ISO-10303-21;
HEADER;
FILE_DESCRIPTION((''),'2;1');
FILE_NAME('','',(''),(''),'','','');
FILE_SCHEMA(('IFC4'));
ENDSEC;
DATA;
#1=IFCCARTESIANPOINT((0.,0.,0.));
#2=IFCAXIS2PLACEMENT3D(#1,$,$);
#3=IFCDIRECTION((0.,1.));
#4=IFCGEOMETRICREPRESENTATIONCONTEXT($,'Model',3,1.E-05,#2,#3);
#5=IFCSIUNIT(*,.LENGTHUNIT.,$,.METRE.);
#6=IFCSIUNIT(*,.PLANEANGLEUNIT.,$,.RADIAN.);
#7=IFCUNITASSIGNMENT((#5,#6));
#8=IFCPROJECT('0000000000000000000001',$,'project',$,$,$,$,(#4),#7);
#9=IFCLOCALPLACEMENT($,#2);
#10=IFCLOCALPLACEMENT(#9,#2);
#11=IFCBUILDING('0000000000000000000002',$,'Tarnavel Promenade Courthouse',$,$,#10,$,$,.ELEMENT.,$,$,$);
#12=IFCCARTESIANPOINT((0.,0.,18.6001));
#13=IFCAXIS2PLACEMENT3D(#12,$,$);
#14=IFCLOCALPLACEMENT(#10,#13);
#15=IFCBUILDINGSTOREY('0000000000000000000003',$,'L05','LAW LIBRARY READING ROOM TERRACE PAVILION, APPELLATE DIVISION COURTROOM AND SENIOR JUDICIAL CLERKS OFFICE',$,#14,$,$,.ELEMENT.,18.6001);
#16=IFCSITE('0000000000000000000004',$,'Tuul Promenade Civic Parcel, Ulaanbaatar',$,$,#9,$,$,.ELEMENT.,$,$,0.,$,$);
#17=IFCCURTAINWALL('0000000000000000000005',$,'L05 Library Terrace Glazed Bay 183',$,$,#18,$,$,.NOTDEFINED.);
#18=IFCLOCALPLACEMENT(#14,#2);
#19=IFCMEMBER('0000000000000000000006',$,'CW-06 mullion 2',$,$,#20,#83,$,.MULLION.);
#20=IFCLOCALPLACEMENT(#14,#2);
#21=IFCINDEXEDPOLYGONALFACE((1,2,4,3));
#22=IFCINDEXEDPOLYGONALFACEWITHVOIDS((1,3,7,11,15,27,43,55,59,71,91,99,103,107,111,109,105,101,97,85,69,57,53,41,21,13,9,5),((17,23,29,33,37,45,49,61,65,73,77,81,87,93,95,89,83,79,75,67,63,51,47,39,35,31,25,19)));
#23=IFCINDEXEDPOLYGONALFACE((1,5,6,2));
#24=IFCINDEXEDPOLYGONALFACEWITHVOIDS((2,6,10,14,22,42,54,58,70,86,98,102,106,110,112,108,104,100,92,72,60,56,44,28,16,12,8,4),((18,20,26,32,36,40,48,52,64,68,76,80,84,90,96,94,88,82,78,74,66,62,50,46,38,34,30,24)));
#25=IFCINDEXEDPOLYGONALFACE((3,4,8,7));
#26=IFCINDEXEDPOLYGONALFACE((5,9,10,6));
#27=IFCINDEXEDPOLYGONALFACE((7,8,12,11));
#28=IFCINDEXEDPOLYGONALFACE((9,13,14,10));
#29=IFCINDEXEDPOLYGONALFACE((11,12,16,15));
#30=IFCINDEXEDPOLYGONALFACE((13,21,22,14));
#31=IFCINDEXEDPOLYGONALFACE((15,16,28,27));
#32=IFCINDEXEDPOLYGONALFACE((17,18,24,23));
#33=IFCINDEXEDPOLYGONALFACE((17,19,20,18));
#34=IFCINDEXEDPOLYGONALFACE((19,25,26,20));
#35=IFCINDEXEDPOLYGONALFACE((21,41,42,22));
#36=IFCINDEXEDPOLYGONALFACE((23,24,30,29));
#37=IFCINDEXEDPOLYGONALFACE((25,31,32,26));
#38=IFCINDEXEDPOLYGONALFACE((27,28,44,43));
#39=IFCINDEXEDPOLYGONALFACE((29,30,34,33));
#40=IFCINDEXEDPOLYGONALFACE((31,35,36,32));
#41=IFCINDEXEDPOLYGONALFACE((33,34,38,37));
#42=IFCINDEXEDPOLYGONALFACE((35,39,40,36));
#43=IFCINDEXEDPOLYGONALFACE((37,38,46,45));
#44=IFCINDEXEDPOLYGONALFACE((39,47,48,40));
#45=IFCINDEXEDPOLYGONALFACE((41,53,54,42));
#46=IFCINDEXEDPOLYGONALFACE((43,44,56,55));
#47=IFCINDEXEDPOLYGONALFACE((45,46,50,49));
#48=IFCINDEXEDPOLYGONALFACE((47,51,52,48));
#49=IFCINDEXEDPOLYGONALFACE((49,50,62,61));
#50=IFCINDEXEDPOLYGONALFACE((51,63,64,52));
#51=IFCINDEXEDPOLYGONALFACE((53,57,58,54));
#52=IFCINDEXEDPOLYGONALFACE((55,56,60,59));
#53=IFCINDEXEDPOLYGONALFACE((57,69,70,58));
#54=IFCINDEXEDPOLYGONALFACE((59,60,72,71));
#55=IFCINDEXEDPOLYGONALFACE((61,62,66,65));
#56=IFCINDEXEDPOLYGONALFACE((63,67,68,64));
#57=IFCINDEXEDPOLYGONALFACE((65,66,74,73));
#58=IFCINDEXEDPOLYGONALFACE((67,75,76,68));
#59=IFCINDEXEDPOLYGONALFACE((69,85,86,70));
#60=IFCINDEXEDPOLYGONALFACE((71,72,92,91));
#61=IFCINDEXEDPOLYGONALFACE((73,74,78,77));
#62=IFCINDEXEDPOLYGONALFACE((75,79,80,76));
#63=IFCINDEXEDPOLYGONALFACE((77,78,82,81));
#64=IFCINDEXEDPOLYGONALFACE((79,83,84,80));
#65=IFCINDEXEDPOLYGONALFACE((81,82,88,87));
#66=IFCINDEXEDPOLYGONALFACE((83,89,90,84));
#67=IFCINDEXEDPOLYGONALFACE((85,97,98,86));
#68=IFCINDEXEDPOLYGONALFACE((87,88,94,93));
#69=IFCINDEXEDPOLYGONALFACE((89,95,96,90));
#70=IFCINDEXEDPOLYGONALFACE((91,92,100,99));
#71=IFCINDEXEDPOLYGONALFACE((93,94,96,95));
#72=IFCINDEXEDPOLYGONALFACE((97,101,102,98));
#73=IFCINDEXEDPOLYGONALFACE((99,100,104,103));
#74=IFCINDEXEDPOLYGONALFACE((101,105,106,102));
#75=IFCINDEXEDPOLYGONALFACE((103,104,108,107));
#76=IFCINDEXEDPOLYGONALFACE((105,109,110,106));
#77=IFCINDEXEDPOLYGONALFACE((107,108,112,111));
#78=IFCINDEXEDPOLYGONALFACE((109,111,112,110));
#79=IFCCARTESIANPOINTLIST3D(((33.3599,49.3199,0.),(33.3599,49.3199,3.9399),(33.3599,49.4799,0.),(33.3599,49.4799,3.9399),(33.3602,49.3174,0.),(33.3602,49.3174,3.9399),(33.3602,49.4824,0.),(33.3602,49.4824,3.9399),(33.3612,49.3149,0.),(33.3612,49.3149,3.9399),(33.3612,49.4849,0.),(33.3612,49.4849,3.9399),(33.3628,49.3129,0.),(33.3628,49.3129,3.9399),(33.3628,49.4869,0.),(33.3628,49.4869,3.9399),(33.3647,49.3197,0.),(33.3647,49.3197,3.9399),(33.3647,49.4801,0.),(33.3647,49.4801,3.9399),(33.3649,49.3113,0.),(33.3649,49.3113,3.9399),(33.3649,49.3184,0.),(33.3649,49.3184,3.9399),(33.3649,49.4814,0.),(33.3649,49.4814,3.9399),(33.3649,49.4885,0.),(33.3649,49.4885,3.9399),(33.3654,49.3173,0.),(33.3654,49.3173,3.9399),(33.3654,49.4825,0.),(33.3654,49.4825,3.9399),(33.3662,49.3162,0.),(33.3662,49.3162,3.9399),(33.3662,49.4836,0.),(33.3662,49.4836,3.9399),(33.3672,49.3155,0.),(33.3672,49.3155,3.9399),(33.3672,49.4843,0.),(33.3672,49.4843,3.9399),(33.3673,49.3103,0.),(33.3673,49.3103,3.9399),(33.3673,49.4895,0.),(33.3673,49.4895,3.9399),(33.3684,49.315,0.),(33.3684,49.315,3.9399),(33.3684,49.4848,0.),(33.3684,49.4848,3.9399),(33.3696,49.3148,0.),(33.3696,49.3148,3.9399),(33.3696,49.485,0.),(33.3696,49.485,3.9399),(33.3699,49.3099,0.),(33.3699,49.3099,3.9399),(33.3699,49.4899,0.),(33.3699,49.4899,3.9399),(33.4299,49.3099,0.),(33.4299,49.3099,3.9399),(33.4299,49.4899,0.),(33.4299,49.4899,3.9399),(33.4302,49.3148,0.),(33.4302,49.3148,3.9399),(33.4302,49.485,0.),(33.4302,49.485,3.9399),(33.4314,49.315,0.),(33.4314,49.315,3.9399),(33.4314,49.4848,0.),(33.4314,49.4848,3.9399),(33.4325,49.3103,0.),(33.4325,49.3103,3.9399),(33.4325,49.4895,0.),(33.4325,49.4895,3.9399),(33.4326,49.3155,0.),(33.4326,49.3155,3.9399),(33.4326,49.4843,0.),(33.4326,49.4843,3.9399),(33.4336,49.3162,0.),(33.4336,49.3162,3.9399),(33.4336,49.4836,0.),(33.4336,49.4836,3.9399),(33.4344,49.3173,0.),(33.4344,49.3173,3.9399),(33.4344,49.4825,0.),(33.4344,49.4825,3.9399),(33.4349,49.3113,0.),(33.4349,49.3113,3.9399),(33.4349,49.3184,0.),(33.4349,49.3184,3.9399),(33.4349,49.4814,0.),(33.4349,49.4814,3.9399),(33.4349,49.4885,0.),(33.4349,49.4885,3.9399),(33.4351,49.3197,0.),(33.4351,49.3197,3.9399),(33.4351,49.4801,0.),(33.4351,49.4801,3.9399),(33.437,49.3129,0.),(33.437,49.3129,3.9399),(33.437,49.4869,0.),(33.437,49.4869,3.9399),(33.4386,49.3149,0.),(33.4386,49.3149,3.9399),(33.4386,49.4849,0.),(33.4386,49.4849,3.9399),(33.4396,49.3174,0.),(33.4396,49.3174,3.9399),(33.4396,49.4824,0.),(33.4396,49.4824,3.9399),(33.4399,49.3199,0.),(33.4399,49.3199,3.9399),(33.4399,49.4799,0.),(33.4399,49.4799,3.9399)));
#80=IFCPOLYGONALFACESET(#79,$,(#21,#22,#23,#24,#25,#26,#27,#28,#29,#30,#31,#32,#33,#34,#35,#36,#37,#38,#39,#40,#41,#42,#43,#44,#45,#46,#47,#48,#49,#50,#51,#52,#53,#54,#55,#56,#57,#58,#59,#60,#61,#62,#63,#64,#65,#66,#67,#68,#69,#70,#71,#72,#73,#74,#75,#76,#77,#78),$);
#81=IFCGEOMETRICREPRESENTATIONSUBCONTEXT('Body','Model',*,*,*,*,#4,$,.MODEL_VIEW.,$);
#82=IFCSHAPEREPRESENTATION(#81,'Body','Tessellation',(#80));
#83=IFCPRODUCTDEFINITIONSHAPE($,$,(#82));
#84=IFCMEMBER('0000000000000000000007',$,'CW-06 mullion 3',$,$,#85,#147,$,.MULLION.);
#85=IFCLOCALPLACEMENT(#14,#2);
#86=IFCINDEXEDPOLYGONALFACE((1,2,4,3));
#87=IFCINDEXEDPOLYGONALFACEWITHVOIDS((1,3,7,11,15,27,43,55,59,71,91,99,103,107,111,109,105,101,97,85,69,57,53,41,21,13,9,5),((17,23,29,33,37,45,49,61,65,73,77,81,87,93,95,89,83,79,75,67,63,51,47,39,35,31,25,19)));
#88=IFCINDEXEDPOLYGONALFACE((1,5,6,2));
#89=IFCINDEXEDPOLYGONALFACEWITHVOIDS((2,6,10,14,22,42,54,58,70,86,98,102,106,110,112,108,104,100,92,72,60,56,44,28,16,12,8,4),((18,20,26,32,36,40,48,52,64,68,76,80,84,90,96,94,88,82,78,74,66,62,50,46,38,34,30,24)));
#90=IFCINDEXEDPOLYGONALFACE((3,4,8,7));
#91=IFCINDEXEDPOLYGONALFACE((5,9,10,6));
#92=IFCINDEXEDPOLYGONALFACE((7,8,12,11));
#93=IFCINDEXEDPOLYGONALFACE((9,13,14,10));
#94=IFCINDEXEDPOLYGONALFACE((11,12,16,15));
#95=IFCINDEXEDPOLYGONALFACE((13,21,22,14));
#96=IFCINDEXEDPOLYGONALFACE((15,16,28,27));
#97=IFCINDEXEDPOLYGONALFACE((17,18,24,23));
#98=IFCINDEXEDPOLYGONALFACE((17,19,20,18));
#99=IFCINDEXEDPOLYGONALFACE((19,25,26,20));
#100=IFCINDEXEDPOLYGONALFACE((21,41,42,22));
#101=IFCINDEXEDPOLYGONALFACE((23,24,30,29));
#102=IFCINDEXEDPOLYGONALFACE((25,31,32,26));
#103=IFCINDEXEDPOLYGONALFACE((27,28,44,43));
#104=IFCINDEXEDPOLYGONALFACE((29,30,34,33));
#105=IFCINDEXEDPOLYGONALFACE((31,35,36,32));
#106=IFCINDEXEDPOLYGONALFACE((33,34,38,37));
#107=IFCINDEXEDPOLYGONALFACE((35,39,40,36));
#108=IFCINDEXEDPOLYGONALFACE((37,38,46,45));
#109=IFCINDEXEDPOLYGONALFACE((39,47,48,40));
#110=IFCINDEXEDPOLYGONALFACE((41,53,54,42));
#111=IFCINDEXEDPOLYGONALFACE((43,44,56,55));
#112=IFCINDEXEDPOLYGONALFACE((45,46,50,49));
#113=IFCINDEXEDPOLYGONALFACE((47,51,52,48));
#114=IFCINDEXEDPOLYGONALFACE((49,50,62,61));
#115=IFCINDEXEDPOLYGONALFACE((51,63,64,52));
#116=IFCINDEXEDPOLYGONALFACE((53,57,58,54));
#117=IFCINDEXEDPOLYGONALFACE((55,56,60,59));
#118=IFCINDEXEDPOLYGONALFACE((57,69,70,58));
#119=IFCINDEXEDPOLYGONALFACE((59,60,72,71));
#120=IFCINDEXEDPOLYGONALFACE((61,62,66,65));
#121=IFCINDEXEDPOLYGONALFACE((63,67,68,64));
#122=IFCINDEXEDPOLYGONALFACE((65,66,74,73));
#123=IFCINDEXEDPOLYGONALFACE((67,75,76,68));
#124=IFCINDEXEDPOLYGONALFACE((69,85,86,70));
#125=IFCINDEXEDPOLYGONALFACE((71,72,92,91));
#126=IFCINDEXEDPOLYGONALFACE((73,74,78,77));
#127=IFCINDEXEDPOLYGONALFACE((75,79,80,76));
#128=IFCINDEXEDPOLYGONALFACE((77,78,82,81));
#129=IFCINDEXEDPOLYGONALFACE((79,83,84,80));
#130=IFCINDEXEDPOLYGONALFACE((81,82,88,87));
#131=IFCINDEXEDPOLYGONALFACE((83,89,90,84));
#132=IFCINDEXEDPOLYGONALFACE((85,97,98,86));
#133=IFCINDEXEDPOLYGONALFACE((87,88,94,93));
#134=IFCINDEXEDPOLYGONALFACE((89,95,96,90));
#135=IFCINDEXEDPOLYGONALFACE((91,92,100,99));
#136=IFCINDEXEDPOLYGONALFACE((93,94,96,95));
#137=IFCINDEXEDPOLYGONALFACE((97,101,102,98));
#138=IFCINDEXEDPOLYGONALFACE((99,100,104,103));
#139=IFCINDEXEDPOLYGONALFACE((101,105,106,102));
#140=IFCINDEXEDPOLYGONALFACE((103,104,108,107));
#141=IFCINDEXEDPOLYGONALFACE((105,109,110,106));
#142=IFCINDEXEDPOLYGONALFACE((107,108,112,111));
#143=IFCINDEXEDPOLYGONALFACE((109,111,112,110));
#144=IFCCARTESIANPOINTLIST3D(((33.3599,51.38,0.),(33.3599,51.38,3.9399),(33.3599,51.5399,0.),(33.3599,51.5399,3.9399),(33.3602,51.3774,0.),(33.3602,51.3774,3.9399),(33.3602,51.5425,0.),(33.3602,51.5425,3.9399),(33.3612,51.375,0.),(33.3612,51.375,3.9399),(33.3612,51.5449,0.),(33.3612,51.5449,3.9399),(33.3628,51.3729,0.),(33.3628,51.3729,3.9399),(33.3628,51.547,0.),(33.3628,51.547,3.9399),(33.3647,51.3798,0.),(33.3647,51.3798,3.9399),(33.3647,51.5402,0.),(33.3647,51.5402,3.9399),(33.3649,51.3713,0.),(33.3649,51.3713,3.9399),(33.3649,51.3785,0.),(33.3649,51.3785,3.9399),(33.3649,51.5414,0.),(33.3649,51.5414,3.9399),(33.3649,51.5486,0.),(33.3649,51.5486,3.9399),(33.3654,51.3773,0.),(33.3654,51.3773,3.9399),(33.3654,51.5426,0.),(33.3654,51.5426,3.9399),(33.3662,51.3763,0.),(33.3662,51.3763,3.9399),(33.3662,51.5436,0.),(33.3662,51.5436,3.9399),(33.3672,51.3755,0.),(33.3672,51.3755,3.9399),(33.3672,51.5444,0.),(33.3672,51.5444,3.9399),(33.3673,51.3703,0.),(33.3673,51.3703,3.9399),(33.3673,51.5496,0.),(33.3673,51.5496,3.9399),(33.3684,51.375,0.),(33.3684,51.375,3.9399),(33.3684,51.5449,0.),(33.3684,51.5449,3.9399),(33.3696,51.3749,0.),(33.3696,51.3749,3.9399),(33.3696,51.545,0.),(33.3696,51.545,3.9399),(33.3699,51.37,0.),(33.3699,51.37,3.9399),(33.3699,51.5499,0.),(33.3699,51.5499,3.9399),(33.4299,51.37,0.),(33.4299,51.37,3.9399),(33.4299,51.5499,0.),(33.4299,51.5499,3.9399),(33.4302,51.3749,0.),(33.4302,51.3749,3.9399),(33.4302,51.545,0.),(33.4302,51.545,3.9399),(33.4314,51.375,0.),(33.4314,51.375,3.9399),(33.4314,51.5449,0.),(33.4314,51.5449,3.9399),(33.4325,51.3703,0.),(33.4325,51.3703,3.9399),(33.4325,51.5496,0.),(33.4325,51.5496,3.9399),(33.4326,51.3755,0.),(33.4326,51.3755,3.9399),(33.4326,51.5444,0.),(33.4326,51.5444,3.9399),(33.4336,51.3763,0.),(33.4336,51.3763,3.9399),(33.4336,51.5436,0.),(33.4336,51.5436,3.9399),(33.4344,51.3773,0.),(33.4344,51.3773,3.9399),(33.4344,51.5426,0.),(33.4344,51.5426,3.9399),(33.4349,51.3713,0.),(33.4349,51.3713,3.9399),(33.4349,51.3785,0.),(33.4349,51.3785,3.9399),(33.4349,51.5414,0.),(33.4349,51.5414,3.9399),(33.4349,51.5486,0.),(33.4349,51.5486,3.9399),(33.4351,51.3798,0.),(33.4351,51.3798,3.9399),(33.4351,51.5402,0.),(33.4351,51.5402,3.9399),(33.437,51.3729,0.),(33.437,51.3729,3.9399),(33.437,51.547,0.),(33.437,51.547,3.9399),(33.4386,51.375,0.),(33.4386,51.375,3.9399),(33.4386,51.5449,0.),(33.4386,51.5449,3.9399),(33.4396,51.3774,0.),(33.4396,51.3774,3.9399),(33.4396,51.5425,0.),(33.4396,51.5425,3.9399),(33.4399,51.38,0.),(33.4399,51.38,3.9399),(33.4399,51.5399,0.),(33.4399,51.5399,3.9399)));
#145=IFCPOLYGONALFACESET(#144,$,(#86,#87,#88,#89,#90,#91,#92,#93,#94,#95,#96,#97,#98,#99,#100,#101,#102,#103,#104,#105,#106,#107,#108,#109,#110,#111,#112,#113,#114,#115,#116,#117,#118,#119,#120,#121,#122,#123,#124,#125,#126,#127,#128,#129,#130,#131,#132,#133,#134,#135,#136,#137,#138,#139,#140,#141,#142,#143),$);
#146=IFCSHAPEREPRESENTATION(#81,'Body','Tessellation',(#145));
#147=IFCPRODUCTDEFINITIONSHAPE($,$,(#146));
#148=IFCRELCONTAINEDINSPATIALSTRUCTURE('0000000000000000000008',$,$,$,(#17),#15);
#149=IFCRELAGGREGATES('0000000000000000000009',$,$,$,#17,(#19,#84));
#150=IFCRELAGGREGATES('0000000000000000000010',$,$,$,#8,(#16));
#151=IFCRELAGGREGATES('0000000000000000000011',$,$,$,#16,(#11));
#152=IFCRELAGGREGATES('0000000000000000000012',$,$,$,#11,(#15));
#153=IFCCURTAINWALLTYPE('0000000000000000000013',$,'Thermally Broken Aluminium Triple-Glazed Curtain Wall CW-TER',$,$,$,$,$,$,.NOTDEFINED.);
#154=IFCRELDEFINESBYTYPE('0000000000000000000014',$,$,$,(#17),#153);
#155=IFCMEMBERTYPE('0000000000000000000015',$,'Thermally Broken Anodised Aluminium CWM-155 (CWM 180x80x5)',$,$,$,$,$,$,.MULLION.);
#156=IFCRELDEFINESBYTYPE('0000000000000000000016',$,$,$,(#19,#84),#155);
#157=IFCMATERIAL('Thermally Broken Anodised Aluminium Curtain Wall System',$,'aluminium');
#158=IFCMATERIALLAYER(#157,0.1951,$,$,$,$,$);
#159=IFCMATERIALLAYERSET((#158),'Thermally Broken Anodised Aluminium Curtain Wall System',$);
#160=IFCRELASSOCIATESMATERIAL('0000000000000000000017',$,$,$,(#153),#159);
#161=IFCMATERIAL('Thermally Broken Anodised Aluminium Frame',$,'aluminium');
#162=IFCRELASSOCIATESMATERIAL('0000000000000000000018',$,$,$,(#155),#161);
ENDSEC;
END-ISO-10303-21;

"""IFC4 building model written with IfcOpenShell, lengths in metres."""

from ifc_helpers import new_model, si_unit, direction, frame, origin, origin_2d, place, context, subcontext, project, spatial, hollow_rectangle, extrude, material, layer, layer_set, material_profile, profile_set, type_object, element, aggregate, save


model = new_model("IFC4")

# Units and contexts
model_context = context("Model", 3, precision=1e-05, world=origin(), true_north=direction((0.0, 1.0)))
body_context = subcontext(model_context, "Body", "Model", "MODEL_VIEW")
ifc_project = project(units=[si_unit("LENGTHUNIT", "METRE"), si_unit("PLANEANGLEUNIT", "RADIAN")], contexts=[model_context])

# Site, building, storey
site_placement = place(None, origin())
site = spatial("IfcSite", under=ifc_project, at=site_placement, Name="Tuul Promenade Civic Parcel, Ulaanbaatar", CompositionType="ELEMENT", RefElevation=0.0)
building_placement = place(site_placement, origin())
building = spatial("IfcBuilding", under=site, at=building_placement, Name="Tarnavel Promenade Courthouse", CompositionType="ELEMENT")
storey_placement = place(building_placement, frame((0.0, 0.0, 18.6001)))
storey = spatial("IfcBuildingStorey", under=building, at=storey_placement, Name="L05", Description="LAW LIBRARY READING ROOM TERRACE PAVILION, APPELLATE DIVISION COURTROOM AND SENIOR JUDICIAL CLERKS OFFICE", CompositionType="ELEMENT", Elevation=18.6001)

# Shared definitions
ifc_material_1 = material(Name="Thermally Broken Anodised Aluminium Curtain Wall System", Category="aluminium")
ifc_layer_1 = layer(ifc_material_1, 0.1951)
ifc_layer_set_1 = layer_set([ifc_layer_1], Name="Thermally Broken Anodised Aluminium Curtain Wall System")
curtain_wall_type = type_object("IfcCurtainWallType", Name="Thermally Broken Aluminium Triple-Glazed Curtain Wall CW-TER", PredefinedType="NOTDEFINED", material=ifc_layer_set_1)
ifc_material_2 = material(Name="Thermally Broken Anodised Aluminium Frame", Category="aluminium")
ifc_material_profile_1 = material_profile(ifc_material_2, hollow_rectangle(XDim=0.0801, YDim=0.1799, WallThickness=0.0049, InnerFilletRadius=0.0049, OuterFilletRadius=0.01, at=origin_2d()), Name="CWM 180x80x5")
ifc_profile_set_1 = profile_set([ifc_material_profile_1], Name="Thermally Broken Anodised Aluminium Frame")
member_type_1 = type_object("IfcMemberType", Name="Thermally Broken Anodised Aluminium CWM-155 (CWM 180x80x5)", PredefinedType="MULLION", material=ifc_profile_set_1)

# Curtain wall, members
curtain_wall_1_placement = place(storey_placement, origin())
curtain_wall_1 = element("IfcCurtainWall", 1, at=curtain_wall_1_placement, inside=storey, type_object=curtain_wall_type, Name="L05 Library Terrace Glazed Bay 183", PredefinedType="NOTDEFINED")
member_1_placement = place(storey_placement, frame((33.3999, 49.3999, 0.0), z_axis=(0.0, 0.0, 1.0), x_axis=(-1.0, 0.0, 0.0)))
member_1 = element("IfcMember", 2, at=member_1_placement, type_object=member_type_1, Name="CW-06 mullion 2", PredefinedType="MULLION", context=body_context, shape_type="SweptSolid", body=[
    extrude(hollow_rectangle(XDim=0.0801, YDim=0.1799, WallThickness=0.0049, InnerFilletRadius=0.0049, OuterFilletRadius=0.01, at=origin_2d()), origin(), (0.0, 0.0, 1.0), 3.9399),
])
member_2_placement = place(storey_placement, frame((33.3999, 51.46, 0.0), z_axis=(0.0, 0.0, 1.0), x_axis=(-1.0, 0.0, 0.0)))
member_2 = element("IfcMember", 3, at=member_2_placement, type_object=member_type_1, Name="CW-06 mullion 3", PredefinedType="MULLION", context=body_context, shape_type="SweptSolid", body=[
    extrude(hollow_rectangle(XDim=0.0801, YDim=0.1799, WallThickness=0.0049, InnerFilletRadius=0.0049, OuterFilletRadius=0.01, at=origin_2d()), origin(), (0.0, 0.0, 1.0), 3.9399),
])

aggregate(curtain_wall_1, [member_1, member_2])

save(model, "model.ifc")
